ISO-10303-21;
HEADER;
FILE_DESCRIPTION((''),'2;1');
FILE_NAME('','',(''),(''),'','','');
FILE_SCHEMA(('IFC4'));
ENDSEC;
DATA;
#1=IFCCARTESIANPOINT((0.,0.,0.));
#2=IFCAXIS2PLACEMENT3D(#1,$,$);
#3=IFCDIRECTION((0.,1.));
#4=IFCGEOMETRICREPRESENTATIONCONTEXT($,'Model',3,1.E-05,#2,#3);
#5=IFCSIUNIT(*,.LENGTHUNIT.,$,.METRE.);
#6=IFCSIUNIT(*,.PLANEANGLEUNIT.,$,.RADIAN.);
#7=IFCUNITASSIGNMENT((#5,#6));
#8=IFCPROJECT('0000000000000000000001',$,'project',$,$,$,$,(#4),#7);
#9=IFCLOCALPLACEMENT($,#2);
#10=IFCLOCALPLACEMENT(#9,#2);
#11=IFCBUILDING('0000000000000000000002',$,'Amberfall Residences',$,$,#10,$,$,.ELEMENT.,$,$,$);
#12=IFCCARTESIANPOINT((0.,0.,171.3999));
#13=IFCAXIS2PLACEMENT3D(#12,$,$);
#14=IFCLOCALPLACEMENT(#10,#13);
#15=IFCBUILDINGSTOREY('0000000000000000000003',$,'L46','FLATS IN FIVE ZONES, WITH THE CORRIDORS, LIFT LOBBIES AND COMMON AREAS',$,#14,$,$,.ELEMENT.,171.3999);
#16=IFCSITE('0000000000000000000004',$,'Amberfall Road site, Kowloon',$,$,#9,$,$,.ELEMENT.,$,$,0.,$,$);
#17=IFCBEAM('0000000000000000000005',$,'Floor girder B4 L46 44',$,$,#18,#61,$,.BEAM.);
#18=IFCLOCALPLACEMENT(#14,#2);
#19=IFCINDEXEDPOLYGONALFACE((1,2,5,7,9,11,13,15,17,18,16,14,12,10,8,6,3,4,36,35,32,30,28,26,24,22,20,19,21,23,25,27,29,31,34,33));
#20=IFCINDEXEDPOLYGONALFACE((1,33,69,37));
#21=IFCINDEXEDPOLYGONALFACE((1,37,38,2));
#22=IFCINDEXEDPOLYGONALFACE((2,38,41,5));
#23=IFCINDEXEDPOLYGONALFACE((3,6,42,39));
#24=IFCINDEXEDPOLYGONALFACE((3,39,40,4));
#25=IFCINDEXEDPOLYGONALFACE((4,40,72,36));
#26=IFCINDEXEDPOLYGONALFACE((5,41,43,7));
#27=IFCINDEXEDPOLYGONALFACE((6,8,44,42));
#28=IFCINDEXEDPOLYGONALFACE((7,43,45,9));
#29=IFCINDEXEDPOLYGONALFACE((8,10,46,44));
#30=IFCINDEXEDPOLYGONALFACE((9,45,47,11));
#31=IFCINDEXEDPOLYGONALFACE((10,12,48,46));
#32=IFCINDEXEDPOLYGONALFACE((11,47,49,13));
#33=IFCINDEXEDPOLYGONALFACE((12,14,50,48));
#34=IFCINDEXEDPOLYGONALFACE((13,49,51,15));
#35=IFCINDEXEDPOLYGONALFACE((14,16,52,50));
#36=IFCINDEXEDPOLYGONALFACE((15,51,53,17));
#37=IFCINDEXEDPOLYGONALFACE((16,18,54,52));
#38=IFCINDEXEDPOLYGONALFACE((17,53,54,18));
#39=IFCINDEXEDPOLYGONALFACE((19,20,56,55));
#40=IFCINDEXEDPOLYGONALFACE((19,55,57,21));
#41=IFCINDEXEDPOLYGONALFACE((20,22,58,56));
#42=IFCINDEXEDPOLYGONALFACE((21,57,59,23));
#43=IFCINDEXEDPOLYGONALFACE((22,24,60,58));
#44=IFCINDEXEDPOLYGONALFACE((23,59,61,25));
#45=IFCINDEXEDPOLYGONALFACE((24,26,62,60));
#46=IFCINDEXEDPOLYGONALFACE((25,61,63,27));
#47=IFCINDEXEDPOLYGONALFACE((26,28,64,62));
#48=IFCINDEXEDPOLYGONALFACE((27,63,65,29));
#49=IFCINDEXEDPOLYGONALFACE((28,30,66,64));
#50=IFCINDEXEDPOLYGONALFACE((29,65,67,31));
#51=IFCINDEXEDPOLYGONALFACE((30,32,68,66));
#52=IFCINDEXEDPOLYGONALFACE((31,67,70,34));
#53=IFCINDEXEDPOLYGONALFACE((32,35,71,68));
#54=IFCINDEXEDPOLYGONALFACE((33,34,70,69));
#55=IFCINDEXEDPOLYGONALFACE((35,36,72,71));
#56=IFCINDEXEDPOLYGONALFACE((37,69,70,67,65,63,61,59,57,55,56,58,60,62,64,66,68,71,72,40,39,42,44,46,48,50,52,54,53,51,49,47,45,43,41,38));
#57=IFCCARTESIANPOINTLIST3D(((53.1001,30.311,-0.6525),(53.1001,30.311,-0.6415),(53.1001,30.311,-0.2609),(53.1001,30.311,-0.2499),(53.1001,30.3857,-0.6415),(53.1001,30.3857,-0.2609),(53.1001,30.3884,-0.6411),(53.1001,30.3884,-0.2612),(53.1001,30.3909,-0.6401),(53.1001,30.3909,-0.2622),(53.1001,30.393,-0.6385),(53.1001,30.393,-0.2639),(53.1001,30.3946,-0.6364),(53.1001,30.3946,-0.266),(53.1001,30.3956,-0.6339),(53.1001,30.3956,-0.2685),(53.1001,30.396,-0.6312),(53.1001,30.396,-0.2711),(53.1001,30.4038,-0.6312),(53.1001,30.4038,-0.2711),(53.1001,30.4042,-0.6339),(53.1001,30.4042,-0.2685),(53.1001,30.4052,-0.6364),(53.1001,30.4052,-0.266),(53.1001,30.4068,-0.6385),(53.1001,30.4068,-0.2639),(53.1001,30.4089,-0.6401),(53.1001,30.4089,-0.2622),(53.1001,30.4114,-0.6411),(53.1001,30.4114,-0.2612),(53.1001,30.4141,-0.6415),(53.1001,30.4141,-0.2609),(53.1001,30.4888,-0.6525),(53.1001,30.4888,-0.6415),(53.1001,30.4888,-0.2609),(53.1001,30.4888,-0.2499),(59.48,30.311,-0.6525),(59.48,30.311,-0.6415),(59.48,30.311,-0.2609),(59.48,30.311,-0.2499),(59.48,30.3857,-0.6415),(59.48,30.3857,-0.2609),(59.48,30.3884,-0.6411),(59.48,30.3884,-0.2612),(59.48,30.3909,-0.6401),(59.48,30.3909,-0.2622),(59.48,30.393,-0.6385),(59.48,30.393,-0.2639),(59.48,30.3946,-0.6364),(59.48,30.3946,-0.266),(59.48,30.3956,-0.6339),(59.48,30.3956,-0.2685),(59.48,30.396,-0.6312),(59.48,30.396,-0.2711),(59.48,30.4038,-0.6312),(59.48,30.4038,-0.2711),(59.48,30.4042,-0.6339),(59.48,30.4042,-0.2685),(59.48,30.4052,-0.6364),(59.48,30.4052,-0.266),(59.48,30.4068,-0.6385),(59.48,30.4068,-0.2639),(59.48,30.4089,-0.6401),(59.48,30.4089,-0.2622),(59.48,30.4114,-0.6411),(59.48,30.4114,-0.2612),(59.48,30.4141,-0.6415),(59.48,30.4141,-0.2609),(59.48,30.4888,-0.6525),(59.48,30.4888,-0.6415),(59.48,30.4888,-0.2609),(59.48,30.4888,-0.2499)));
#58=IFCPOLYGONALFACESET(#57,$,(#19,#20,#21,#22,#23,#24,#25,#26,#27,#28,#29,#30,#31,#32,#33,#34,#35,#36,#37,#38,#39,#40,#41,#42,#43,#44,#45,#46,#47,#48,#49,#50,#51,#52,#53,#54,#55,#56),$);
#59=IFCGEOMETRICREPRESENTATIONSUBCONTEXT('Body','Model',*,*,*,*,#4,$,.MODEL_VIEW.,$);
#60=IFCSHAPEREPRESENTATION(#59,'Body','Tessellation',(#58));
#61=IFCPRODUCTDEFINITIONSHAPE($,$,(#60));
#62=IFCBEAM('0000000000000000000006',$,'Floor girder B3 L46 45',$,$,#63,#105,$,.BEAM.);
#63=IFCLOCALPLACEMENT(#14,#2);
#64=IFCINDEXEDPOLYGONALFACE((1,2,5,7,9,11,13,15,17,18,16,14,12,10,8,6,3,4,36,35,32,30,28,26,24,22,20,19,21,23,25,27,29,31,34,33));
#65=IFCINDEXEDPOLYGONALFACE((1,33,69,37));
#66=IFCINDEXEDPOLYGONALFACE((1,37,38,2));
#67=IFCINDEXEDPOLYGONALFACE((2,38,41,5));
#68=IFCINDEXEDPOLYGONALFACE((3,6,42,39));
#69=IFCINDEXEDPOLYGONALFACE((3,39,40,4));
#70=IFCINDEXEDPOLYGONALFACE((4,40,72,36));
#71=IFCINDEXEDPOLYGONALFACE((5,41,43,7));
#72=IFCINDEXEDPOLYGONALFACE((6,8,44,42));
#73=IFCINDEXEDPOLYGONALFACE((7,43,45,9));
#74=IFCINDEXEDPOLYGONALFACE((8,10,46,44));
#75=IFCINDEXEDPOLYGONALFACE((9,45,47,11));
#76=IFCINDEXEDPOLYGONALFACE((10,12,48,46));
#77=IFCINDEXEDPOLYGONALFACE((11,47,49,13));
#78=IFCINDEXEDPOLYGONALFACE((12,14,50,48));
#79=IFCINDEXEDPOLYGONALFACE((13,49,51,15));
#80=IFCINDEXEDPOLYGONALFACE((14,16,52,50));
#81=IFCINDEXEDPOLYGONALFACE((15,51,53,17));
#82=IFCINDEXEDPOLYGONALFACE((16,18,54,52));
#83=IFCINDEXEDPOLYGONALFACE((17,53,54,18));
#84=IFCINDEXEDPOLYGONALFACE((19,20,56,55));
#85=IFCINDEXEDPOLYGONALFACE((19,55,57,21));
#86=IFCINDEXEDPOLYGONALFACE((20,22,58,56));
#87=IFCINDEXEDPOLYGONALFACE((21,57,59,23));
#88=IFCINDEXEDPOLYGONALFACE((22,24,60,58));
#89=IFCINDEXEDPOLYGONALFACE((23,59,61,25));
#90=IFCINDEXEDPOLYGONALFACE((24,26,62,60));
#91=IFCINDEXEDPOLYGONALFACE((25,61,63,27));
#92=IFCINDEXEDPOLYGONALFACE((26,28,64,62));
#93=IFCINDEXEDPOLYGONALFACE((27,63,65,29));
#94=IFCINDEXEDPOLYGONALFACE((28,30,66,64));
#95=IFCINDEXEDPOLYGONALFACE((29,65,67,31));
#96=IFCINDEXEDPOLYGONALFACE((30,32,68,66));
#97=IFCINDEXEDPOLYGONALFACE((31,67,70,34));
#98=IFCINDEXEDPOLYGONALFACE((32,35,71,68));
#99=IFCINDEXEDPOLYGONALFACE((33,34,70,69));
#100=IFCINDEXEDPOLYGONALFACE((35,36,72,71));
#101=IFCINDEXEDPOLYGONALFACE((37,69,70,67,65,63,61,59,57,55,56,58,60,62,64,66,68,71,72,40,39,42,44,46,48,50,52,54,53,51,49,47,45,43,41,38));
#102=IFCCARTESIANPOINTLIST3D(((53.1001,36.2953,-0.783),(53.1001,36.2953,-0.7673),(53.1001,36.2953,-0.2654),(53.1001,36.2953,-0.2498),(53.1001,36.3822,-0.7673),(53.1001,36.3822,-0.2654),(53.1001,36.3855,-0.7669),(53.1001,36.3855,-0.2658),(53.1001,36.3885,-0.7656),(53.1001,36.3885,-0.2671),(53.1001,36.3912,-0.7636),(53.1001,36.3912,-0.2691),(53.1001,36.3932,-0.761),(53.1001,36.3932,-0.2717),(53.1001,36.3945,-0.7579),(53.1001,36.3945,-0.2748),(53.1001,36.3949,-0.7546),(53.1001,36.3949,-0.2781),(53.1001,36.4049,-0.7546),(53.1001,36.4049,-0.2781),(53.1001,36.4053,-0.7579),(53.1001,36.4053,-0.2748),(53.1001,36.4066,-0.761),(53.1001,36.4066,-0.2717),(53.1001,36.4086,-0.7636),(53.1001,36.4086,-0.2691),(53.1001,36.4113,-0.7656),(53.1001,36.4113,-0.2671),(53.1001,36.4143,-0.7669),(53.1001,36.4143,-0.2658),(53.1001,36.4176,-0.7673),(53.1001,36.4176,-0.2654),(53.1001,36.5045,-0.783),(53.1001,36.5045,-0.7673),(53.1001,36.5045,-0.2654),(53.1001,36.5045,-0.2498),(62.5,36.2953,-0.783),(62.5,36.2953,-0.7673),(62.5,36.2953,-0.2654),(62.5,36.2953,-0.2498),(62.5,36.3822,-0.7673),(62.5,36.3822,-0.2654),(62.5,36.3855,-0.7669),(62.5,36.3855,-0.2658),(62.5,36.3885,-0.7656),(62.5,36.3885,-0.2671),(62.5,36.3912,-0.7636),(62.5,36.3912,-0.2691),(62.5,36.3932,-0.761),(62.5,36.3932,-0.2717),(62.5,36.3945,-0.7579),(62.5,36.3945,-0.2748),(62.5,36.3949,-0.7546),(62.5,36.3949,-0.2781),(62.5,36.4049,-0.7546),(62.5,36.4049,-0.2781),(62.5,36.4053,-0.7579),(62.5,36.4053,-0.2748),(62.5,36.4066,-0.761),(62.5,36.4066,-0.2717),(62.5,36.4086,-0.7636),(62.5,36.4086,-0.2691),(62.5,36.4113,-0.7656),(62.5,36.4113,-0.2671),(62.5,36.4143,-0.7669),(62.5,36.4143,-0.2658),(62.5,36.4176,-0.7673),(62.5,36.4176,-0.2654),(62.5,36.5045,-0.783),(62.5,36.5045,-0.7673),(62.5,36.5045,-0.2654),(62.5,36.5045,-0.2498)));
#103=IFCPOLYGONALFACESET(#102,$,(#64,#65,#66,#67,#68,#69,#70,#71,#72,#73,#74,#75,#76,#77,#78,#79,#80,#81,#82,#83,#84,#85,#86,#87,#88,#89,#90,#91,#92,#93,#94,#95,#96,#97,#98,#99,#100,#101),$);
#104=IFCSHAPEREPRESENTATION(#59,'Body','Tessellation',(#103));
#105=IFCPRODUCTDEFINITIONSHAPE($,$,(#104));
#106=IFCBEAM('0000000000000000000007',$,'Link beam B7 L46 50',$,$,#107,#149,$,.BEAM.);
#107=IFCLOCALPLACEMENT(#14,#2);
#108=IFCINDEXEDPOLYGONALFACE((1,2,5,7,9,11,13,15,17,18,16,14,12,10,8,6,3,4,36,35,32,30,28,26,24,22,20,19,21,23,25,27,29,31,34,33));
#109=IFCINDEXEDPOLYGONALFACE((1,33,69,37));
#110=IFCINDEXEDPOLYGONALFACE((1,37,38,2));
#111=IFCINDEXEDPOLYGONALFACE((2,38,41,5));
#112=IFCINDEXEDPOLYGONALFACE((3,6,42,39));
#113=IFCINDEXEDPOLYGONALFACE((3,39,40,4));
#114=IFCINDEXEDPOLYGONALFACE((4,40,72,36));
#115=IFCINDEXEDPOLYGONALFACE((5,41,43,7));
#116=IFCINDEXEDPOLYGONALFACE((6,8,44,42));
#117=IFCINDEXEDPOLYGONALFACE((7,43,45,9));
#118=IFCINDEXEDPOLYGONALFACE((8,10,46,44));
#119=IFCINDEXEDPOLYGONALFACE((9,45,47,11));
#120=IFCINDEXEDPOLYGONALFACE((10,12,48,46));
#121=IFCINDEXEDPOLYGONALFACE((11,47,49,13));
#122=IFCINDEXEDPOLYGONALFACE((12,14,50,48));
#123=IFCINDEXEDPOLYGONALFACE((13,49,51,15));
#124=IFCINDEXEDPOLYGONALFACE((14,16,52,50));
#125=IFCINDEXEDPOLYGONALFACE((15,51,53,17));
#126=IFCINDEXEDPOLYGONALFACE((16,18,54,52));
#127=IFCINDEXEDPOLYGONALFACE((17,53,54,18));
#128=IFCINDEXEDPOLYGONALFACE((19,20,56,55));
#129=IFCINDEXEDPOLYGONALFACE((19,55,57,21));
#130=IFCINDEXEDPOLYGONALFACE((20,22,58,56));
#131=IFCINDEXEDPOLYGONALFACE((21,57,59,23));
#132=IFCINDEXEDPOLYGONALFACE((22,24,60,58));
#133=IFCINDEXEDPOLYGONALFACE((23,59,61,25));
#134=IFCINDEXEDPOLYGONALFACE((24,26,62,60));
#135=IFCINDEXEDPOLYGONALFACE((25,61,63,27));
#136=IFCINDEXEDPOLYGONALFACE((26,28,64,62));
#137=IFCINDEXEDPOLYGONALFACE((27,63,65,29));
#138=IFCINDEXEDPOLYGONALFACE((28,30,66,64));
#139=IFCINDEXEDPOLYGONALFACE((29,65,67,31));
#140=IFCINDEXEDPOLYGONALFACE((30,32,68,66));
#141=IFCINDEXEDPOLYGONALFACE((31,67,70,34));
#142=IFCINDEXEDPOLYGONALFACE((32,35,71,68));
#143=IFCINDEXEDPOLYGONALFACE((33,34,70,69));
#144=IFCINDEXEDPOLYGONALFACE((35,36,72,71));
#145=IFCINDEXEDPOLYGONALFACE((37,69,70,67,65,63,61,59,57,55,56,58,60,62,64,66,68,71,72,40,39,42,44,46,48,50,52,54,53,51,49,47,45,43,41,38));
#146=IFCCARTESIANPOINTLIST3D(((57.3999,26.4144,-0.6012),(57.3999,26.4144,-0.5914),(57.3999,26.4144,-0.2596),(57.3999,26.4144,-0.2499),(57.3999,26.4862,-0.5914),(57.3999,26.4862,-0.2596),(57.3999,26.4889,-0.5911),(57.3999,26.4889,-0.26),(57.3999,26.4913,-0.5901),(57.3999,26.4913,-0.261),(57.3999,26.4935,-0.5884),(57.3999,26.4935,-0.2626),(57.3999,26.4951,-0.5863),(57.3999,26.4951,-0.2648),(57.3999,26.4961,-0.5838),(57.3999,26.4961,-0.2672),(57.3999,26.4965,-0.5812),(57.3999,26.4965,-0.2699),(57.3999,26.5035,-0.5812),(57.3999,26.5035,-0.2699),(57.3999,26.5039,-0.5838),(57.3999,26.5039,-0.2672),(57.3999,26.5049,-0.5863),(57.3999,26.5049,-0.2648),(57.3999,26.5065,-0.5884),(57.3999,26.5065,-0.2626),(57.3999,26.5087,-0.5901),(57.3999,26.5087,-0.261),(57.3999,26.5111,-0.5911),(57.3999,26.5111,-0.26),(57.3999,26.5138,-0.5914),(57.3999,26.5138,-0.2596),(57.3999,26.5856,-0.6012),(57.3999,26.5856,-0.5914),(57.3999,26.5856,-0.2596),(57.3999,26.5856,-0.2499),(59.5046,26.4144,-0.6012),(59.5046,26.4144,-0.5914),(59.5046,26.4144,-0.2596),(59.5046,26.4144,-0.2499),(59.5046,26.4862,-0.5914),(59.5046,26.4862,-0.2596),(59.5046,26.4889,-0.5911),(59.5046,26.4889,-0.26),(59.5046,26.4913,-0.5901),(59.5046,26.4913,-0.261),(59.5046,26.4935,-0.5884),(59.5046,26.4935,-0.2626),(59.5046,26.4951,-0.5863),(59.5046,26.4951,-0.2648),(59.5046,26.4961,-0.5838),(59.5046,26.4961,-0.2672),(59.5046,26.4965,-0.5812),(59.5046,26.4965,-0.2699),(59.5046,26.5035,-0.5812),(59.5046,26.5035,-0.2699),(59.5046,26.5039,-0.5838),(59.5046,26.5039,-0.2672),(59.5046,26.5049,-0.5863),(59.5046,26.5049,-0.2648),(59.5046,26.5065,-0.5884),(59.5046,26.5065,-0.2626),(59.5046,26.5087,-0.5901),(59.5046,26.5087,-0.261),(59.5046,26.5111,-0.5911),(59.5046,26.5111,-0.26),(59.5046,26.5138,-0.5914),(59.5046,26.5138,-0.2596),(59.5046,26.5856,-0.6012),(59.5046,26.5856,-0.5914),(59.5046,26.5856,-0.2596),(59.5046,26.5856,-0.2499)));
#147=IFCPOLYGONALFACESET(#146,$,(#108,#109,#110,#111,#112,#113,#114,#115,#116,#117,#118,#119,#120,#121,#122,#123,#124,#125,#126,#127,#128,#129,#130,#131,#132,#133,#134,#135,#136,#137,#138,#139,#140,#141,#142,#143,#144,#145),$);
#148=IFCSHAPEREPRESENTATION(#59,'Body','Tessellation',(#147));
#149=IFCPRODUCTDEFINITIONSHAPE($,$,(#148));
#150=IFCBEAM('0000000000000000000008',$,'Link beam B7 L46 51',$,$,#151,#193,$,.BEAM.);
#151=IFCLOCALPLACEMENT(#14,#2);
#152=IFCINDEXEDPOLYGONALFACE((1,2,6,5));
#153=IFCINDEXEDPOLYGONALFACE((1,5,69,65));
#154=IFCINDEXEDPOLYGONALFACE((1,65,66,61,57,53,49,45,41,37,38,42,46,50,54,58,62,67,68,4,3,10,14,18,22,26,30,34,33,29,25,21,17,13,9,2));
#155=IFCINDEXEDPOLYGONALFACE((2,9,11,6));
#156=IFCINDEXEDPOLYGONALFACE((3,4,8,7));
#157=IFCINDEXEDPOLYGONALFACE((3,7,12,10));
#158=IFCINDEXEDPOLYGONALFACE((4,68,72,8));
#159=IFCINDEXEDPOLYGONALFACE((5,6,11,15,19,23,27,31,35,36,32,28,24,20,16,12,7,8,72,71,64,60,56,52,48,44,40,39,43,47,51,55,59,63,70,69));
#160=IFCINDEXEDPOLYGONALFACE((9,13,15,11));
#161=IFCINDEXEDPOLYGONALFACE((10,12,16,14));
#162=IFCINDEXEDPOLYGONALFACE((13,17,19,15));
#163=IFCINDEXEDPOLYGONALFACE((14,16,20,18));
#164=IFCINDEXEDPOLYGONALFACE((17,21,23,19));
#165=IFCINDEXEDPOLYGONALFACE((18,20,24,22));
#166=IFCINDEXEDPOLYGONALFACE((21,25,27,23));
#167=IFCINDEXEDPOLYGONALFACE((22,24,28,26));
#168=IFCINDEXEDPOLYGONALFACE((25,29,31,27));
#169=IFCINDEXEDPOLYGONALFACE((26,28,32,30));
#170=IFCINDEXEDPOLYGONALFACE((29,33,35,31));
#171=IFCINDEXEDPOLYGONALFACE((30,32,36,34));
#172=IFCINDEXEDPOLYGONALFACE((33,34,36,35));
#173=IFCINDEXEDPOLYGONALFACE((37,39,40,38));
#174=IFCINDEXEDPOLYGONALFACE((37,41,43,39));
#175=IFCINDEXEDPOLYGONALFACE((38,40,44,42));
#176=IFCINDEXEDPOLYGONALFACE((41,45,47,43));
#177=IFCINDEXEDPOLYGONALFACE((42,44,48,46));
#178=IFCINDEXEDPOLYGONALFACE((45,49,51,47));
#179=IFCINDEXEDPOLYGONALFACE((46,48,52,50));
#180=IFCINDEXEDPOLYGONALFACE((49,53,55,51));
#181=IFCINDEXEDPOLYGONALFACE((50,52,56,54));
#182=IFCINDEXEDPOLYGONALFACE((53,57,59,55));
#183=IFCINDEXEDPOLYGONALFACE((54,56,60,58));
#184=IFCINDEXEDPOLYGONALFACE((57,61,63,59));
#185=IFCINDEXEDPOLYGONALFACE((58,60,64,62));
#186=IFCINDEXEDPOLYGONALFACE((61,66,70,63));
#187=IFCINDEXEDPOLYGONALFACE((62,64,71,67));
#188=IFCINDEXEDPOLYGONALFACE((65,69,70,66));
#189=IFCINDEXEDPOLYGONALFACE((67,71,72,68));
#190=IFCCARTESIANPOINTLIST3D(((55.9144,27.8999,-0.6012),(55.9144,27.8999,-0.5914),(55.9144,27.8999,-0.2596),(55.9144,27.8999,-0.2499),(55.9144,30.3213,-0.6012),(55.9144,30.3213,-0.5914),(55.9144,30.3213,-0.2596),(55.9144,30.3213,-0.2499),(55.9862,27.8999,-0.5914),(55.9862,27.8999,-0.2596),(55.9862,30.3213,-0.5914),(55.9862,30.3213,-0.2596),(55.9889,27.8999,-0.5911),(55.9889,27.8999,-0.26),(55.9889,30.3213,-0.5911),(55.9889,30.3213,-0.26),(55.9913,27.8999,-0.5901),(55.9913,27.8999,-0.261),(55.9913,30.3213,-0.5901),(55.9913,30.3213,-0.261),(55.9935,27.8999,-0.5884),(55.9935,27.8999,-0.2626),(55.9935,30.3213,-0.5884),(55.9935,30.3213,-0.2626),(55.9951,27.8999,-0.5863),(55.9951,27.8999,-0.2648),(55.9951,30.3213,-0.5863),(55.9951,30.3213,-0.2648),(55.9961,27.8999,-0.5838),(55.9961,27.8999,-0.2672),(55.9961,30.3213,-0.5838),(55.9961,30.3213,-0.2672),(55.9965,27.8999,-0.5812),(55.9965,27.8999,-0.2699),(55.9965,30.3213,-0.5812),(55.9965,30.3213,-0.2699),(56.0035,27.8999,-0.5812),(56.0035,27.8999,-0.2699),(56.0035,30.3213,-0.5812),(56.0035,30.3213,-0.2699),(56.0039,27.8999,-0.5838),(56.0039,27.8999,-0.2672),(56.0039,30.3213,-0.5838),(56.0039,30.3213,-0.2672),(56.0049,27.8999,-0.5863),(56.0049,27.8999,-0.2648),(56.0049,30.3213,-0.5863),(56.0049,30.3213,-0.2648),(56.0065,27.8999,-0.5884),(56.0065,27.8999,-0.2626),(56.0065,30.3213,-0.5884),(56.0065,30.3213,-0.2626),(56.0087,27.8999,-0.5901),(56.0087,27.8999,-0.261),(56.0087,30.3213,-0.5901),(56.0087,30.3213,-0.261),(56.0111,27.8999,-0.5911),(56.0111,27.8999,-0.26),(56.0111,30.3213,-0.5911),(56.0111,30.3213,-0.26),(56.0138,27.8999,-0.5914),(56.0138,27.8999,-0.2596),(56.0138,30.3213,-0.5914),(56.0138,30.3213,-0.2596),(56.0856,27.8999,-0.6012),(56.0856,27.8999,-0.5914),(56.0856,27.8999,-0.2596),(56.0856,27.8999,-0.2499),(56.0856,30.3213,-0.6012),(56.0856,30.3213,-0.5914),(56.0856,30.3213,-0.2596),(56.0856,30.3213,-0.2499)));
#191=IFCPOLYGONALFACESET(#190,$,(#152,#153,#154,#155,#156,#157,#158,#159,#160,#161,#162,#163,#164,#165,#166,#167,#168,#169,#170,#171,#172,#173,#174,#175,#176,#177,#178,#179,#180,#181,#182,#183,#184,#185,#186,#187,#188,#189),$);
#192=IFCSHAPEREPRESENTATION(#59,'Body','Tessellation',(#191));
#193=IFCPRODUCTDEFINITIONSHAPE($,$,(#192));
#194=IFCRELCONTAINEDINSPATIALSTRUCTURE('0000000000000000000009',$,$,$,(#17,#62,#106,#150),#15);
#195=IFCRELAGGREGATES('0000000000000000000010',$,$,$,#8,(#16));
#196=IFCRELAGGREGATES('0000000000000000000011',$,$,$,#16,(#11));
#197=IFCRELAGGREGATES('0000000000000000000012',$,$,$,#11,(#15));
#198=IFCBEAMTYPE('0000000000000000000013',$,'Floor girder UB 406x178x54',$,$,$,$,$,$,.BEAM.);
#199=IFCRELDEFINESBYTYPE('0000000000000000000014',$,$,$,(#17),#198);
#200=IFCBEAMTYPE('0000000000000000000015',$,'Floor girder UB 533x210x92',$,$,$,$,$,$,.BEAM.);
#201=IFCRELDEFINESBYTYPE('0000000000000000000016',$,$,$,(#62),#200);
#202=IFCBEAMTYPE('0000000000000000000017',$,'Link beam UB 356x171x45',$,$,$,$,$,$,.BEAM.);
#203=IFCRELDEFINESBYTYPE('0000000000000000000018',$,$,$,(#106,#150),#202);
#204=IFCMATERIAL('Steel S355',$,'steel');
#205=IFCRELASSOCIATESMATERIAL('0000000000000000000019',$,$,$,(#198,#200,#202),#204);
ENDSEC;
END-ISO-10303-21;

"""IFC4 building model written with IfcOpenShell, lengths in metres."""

from ifc_helpers import new_model, si_unit, direction, frame, origin, origin_2d, place, context, subcontext, project, spatial, i_section, extrude, material, material_profile, profile_set, type_object, element, save


model = new_model("IFC4")

# Units and contexts
model_context = context("Model", 3, precision=1e-05, world=origin(), true_north=direction((0.0, 1.0)))
body_context = subcontext(model_context, "Body", "Model", "MODEL_VIEW")
ifc_project = project(units=[si_unit("LENGTHUNIT", "METRE"), si_unit("PLANEANGLEUNIT", "RADIAN")], contexts=[model_context])

# Site, building, storey
site_placement = place(None, origin())
site = spatial("IfcSite", under=ifc_project, at=site_placement, Name="Amberfall Road site, Kowloon", CompositionType="ELEMENT", RefElevation=0.0)
building_placement = place(site_placement, origin())
building = spatial("IfcBuilding", under=site, at=building_placement, Name="Amberfall Residences", CompositionType="ELEMENT")
storey_placement = place(building_placement, frame((0.0, 0.0, 171.3999)))
storey = spatial("IfcBuildingStorey", under=building, at=storey_placement, Name="L46", Description="FLATS IN FIVE ZONES, WITH THE CORRIDORS, LIFT LOBBIES AND COMMON AREAS", CompositionType="ELEMENT", Elevation=171.3999)

# Beams
ifc_material_1 = material(Name="Steel S355", Category="steel")
ifc_material_profile_1 = material_profile(ifc_material_1, i_section(OverallWidth=0.1777, OverallDepth=0.4026, WebThickness=0.0078, FlangeThickness=0.011, FilletRadius=0.0103, at=origin_2d()), Name="UB 406x178x54")
ifc_profile_set_1 = profile_set([ifc_material_profile_1], Name="Steel S355")
beam_type_1 = type_object("IfcBeamType", Name="Floor girder UB 406x178x54", PredefinedType="BEAM", material=ifc_profile_set_1)
beam_1_placement = place(storey_placement, frame((53.1001, 30.3999, -0.4512), z_axis=(1.0, 0.0, 0.0), x_axis=(0.0, 1.0, 0.0)))
element("IfcBeam", 1, at=beam_1_placement, inside=storey, type_object=beam_type_1, Name="Floor girder B4 L46 44", PredefinedType="BEAM", context=body_context, shape_type="SweptSolid", body=[
    extrude(i_section(OverallWidth=0.1777, OverallDepth=0.4026, WebThickness=0.0078, FlangeThickness=0.011, FilletRadius=0.0103, at=origin_2d()), origin(), (0.0, 0.0, 1.0), 6.3799),
])
ifc_material_profile_2 = material_profile(ifc_material_1, i_section(OverallWidth=0.2092, OverallDepth=0.5332, WebThickness=0.01, FlangeThickness=0.0156, FilletRadius=0.0127, at=origin_2d()), Name="UB 533x210x92")
ifc_profile_set_2 = profile_set([ifc_material_profile_2], Name="Steel S355")
beam_type_2 = type_object("IfcBeamType", Name="Floor girder UB 533x210x92", PredefinedType="BEAM", material=ifc_profile_set_2)
beam_2_placement = place(storey_placement, frame((53.1001, 36.3999, -0.5164), z_axis=(1.0, 0.0, 0.0), x_axis=(0.0, 1.0, 0.0)))
element("IfcBeam", 2, at=beam_2_placement, inside=storey, type_object=beam_type_2, Name="Floor girder B3 L46 45", PredefinedType="BEAM", context=body_context, shape_type="SweptSolid", body=[
    extrude(i_section(OverallWidth=0.2092, OverallDepth=0.5332, WebThickness=0.01, FlangeThickness=0.0156, FilletRadius=0.0127, at=origin_2d()), origin(), (0.0, 0.0, 1.0), 9.3999),
])
ifc_material_profile_3 = material_profile(ifc_material_1, i_section(OverallWidth=0.1711, OverallDepth=0.3513, WebThickness=0.0071, FlangeThickness=0.0098, FilletRadius=0.0103, at=origin_2d()), Name="UB 356x171x45")
ifc_profile_set_3 = profile_set([ifc_material_profile_3], Name="Steel S355")
beam_type_3 = type_object("IfcBeamType", Name="Link beam UB 356x171x45", PredefinedType="BEAM", material=ifc_profile_set_3)
beam_3_placement = place(storey_placement, frame((57.3999, 26.5, -0.4255), z_axis=(1.0, 0.0, 0.0), x_axis=(0.0, 1.0, 0.0)))
element("IfcBeam", 3, at=beam_3_placement, inside=storey, type_object=beam_type_3, Name="Link beam B7 L46 50", PredefinedType="BEAM", context=body_context, shape_type="SweptSolid", body=[
    extrude(i_section(OverallWidth=0.1711, OverallDepth=0.3513, WebThickness=0.0071, FlangeThickness=0.0098, FilletRadius=0.0103, at=origin_2d()), origin(), (0.0, 0.0, 1.0), 2.1047),
])
beam_4_placement = place(storey_placement, frame((56.0, 27.8999, -0.4255), z_axis=(0.0, 1.0, 0.0), x_axis=(-1.0, 0.0, 0.0)))
element("IfcBeam", 4, at=beam_4_placement, inside=storey, type_object=beam_type_3, Name="Link beam B7 L46 51", PredefinedType="BEAM", context=body_context, shape_type="SweptSolid", body=[
    extrude(i_section(OverallWidth=0.1711, OverallDepth=0.3513, WebThickness=0.0071, FlangeThickness=0.0098, FilletRadius=0.0103, at=origin_2d()), origin(), (0.0, 0.0, 1.0), 2.4214),
])

save(model, "model.ifc")
